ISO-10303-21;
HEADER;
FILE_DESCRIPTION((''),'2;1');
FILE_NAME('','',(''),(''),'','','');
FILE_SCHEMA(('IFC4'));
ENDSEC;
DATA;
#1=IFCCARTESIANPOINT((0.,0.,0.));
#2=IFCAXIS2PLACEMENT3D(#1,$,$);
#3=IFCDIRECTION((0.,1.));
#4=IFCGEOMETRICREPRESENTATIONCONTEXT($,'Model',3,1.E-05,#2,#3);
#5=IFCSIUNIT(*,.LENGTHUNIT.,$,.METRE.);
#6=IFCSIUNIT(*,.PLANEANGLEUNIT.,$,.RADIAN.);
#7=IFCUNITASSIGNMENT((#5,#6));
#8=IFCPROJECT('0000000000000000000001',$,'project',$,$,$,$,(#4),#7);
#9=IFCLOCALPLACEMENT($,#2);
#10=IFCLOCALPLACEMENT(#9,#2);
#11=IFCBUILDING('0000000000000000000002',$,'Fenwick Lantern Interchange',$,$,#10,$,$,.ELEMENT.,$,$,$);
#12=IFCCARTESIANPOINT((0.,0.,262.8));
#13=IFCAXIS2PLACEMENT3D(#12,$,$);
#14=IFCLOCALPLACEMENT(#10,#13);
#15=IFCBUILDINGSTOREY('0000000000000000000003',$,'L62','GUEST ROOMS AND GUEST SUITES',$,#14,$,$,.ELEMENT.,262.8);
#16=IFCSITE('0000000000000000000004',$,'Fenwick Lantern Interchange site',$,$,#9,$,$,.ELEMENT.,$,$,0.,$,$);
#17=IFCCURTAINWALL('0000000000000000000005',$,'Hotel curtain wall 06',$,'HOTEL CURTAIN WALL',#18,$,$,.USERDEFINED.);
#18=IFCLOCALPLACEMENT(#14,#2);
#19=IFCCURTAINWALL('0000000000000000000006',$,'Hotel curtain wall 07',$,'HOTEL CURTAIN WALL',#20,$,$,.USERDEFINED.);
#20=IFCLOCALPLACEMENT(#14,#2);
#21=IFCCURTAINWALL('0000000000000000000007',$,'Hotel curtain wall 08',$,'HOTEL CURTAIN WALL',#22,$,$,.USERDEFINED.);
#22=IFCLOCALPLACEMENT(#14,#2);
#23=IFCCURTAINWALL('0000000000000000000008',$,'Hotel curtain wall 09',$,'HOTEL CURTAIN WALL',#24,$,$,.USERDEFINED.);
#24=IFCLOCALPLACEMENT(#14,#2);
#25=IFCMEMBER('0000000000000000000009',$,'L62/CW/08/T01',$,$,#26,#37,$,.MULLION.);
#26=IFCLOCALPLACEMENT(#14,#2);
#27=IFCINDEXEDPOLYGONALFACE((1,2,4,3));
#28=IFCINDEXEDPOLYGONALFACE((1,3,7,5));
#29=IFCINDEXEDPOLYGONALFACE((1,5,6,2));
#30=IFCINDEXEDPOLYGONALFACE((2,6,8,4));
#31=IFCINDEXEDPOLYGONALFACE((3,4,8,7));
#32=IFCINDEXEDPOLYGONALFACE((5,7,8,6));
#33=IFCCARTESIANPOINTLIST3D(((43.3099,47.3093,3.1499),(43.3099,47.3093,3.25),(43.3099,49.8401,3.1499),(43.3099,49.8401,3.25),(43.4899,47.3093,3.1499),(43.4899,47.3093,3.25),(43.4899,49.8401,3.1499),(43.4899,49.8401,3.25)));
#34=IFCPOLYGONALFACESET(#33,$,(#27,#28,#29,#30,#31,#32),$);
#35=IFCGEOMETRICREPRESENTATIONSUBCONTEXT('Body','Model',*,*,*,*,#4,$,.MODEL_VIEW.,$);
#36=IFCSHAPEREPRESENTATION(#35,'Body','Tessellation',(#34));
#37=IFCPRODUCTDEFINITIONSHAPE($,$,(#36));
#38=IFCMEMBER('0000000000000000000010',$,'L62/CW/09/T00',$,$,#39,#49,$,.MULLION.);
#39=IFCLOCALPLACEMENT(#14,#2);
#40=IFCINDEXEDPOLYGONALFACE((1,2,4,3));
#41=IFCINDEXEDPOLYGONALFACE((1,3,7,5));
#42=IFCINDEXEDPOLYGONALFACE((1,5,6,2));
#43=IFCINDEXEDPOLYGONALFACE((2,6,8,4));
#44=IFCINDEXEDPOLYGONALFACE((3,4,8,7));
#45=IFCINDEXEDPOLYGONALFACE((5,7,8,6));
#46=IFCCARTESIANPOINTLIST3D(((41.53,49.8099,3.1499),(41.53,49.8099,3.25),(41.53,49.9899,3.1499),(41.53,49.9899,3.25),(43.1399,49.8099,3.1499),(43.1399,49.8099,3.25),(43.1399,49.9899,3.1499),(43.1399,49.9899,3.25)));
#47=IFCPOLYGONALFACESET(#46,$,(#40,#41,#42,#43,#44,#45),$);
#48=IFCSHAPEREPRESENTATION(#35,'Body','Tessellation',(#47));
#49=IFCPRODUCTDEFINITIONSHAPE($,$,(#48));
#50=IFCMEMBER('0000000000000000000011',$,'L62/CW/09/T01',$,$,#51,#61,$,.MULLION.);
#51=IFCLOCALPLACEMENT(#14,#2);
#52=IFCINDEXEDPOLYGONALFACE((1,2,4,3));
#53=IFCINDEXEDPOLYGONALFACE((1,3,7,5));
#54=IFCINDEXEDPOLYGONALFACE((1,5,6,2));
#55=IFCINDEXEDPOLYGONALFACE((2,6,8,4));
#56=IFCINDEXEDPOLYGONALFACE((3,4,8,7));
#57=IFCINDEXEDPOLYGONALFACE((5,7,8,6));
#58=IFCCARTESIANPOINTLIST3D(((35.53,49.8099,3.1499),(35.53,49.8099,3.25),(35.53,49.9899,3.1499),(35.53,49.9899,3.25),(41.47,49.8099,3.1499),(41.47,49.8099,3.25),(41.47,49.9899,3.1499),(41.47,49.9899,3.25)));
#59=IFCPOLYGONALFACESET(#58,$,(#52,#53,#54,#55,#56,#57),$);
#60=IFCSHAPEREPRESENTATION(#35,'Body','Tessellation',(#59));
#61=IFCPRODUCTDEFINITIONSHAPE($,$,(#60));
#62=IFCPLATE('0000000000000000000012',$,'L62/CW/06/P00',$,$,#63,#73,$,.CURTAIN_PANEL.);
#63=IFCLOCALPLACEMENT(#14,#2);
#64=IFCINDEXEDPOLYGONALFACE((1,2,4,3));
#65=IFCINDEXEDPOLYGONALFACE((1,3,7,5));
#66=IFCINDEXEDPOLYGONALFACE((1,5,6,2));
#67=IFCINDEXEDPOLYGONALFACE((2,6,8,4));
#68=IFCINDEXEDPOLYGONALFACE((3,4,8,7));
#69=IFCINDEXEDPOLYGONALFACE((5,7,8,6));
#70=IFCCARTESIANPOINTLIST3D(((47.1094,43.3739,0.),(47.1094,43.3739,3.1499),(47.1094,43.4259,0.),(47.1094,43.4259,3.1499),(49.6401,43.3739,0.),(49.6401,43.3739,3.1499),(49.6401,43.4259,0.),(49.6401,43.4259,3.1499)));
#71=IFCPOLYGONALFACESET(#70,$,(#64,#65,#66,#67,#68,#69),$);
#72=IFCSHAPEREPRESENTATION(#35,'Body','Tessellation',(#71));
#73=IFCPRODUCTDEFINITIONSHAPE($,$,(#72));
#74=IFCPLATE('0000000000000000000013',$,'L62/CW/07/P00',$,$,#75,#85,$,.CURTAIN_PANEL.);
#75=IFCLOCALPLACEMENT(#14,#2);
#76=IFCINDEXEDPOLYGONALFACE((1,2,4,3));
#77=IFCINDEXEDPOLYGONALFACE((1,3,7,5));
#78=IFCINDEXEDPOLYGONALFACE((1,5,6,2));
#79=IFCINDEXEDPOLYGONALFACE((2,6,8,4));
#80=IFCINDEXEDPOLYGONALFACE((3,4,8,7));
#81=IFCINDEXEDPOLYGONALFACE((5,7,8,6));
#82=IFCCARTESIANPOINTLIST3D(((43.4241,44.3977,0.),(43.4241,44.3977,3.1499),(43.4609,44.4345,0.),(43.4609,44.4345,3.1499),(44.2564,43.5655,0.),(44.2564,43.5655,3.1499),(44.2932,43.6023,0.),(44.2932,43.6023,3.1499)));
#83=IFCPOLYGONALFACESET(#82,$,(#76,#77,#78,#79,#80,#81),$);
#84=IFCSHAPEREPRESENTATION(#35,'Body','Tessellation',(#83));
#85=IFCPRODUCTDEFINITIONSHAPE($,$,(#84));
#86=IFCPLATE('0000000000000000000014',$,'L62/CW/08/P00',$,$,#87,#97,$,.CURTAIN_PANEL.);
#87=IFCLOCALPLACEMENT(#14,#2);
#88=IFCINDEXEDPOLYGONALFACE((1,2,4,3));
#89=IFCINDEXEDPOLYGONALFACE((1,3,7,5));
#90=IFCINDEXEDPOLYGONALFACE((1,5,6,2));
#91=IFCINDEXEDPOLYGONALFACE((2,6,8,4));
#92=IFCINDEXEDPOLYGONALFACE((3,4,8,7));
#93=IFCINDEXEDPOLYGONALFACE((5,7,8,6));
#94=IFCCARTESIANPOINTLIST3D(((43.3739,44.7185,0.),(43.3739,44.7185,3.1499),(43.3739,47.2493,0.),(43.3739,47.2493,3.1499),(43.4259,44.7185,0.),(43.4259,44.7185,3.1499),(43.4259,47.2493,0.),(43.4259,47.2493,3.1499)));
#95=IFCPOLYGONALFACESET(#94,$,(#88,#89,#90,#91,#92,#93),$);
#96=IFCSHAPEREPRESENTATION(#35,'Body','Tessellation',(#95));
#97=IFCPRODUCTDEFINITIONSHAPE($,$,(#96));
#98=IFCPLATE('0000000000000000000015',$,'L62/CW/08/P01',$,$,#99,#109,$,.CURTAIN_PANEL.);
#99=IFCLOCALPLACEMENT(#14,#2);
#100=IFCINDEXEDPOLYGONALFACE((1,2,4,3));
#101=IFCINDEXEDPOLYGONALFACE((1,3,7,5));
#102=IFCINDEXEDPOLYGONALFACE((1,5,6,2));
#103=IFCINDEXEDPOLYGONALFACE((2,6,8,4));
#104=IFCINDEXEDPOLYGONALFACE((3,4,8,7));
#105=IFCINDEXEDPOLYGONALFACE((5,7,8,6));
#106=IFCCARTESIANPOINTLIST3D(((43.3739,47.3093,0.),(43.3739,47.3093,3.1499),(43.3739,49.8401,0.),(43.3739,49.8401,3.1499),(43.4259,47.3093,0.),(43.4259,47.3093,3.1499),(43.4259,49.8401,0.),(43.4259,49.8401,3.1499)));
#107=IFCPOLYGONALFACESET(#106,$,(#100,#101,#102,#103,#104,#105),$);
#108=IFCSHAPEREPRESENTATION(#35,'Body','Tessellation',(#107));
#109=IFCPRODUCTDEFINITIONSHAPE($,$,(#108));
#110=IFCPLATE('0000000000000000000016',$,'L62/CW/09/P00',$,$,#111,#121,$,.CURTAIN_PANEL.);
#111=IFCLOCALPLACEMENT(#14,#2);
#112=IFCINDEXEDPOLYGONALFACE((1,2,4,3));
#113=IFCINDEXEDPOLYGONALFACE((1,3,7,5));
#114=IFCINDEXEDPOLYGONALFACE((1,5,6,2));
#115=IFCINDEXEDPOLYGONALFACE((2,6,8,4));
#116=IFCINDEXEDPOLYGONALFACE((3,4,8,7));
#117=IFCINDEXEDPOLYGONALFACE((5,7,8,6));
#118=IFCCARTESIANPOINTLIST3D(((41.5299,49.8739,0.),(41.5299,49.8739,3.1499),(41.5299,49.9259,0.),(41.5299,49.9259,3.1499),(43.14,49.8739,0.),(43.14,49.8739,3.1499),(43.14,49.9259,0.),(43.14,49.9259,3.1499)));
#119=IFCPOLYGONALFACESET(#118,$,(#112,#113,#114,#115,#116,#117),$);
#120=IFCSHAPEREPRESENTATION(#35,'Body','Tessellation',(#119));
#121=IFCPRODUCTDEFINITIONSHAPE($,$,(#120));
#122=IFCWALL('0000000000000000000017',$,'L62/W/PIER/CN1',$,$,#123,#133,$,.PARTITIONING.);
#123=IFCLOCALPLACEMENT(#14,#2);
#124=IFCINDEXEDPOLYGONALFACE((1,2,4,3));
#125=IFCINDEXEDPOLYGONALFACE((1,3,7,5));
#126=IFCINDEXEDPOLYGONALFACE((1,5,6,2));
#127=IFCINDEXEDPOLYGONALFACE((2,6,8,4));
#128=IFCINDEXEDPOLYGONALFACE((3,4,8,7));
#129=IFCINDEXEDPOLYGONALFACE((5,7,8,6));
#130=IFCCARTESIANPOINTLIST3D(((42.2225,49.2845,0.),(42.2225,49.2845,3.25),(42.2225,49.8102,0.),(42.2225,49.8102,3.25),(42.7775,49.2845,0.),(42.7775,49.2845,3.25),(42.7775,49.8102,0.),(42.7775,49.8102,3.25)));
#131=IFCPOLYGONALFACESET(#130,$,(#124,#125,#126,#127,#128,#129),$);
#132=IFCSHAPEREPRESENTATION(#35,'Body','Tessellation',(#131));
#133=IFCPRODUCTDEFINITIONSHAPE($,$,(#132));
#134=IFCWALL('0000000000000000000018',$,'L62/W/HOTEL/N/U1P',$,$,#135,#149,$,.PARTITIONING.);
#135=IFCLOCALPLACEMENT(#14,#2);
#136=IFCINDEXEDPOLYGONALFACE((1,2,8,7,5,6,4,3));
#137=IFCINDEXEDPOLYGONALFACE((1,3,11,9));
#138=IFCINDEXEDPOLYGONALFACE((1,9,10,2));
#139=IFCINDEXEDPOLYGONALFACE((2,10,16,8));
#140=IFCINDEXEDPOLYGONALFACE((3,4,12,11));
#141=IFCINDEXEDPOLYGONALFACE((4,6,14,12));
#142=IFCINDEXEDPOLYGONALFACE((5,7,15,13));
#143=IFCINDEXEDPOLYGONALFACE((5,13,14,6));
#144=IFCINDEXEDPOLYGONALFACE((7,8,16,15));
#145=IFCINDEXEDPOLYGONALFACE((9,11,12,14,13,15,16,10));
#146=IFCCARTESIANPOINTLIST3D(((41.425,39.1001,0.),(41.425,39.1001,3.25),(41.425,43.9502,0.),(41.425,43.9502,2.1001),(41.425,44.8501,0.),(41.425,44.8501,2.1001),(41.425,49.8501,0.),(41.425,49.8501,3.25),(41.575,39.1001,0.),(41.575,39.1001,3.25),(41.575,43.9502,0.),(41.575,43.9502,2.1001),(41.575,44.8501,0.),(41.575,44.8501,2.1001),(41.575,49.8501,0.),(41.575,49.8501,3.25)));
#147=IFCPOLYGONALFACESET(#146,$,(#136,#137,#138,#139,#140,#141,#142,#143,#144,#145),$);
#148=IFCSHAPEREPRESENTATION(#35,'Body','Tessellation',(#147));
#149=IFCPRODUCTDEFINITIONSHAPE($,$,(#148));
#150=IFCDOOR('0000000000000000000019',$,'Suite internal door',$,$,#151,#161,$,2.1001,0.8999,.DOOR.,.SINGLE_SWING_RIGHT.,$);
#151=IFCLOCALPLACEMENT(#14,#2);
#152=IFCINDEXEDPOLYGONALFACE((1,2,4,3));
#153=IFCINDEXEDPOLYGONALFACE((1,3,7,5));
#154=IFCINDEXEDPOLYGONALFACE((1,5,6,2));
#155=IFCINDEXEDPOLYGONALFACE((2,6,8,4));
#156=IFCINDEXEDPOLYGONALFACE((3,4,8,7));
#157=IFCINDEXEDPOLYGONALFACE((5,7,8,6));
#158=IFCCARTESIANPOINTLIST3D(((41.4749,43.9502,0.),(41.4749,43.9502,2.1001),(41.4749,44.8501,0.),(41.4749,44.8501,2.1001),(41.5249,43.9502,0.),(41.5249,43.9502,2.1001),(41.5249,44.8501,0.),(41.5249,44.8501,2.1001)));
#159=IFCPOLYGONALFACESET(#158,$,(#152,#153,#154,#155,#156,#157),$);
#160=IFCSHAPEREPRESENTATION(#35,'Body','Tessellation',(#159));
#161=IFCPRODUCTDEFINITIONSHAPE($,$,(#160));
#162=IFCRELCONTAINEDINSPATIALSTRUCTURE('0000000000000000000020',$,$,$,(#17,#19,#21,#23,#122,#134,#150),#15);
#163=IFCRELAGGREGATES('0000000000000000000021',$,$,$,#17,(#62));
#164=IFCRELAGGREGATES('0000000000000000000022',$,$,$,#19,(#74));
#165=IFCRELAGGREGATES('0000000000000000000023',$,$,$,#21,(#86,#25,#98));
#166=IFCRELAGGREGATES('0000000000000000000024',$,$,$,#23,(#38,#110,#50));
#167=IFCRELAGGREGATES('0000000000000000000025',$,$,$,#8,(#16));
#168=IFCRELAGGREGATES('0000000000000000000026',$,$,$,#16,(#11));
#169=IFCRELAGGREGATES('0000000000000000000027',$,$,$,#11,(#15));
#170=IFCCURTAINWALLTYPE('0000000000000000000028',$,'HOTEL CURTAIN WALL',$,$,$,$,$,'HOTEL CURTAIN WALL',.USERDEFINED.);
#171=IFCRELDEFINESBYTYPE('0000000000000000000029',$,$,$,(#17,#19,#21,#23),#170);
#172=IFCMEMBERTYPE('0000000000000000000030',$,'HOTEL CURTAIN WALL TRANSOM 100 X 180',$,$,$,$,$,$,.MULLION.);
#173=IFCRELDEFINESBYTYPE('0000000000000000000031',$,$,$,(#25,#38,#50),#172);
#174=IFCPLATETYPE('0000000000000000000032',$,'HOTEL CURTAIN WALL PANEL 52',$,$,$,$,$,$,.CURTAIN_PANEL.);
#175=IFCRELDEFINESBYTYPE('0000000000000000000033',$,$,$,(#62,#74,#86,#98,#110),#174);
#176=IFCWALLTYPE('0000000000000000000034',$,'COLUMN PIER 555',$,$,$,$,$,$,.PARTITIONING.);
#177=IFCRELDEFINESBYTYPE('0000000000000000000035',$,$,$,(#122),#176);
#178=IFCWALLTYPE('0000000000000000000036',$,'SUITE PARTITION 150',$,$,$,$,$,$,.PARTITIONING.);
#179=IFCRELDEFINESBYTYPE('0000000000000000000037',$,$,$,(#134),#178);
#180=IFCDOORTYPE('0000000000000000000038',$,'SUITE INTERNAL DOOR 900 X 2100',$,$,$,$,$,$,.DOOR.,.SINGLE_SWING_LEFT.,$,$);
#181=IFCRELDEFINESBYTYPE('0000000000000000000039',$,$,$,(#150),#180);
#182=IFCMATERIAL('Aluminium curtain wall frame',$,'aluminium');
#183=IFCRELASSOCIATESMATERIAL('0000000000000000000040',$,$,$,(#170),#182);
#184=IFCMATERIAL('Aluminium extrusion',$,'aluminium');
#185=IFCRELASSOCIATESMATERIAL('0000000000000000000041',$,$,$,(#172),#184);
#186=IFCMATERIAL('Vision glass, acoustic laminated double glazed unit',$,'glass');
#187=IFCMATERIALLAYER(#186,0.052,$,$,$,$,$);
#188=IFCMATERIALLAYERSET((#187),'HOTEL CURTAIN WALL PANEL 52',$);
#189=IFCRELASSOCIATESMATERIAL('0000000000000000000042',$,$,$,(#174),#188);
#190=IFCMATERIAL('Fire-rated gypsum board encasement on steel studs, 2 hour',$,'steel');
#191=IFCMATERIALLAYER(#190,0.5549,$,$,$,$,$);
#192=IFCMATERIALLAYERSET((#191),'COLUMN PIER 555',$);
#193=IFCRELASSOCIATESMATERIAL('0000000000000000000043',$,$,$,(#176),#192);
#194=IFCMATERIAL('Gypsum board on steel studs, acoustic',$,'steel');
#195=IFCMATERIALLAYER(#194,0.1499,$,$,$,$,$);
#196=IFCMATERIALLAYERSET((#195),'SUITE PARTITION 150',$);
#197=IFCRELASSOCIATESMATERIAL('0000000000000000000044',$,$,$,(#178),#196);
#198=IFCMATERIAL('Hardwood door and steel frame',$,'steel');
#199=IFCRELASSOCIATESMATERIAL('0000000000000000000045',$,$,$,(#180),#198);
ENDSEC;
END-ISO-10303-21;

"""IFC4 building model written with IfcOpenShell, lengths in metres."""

from ifc_helpers import new_model, si_unit, direction, frame, frame_2d, origin, origin_2d, place, context, subcontext, project, spatial, rectangle, extrude, material, layer, layer_set, material_profile, profile_set, type_object, element, fill, aggregate, save


model = new_model("IFC4")

# Units and contexts
model_context = context("Model", 3, precision=1e-05, world=origin(), true_north=direction((0.0, 1.0)))
body_context = subcontext(model_context, "Body", "Model", "MODEL_VIEW")
ifc_project = project(units=[si_unit("LENGTHUNIT", "METRE"), si_unit("PLANEANGLEUNIT", "RADIAN")], contexts=[model_context])

# Site, building, storey
site_placement = place(None, origin())
site = spatial("IfcSite", under=ifc_project, at=site_placement, Name="Fenwick Lantern Interchange site", CompositionType="ELEMENT", RefElevation=0.0)
building_placement = place(site_placement, origin())
building = spatial("IfcBuilding", under=site, at=building_placement, Name="Fenwick Lantern Interchange", CompositionType="ELEMENT")
storey_placement = place(building_placement, frame((0.0, 0.0, 262.8)))
storey = spatial("IfcBuildingStorey", under=building, at=storey_placement, Name="L62", Description="GUEST ROOMS AND GUEST SUITES", CompositionType="ELEMENT", Elevation=262.8)

# Curtain wall
ifc_material_1 = material(Name="Aluminium curtain wall frame", Category="aluminium")
curtain_wall_type = type_object("IfcCurtainWallType", Name="HOTEL CURTAIN WALL", ElementType="HOTEL CURTAIN WALL", PredefinedType="USERDEFINED", material=ifc_material_1)
curtain_wall_1_placement = place(storey_placement, origin())
curtain_wall_1 = element("IfcCurtainWall", 1, at=curtain_wall_1_placement, inside=storey, type_object=curtain_wall_type, Name="Hotel curtain wall 06", ObjectType="HOTEL CURTAIN WALL", PredefinedType="USERDEFINED")
ifc_material_2 = material(Name="Aluminium extrusion", Category="aluminium")

# Curtain walls
curtain_wall_2_placement = place(storey_placement, origin())
curtain_wall_2 = element("IfcCurtainWall", 2, at=curtain_wall_2_placement, inside=storey, type_object=curtain_wall_type, Name="Hotel curtain wall 07", ObjectType="HOTEL CURTAIN WALL", PredefinedType="USERDEFINED")
curtain_wall_3_placement = place(storey_placement, origin())
curtain_wall_3 = element("IfcCurtainWall", 3, at=curtain_wall_3_placement, inside=storey, type_object=curtain_wall_type, Name="Hotel curtain wall 08", ObjectType="HOTEL CURTAIN WALL", PredefinedType="USERDEFINED")
curtain_wall_4_placement = place(storey_placement, origin())
curtain_wall_4 = element("IfcCurtainWall", 4, at=curtain_wall_4_placement, inside=storey, type_object=curtain_wall_type, Name="Hotel curtain wall 09", ObjectType="HOTEL CURTAIN WALL", PredefinedType="USERDEFINED")

# Members
ifc_material_profile_1 = material_profile(ifc_material_2, rectangle(XDim=0.1799, YDim=0.1001, at=origin_2d()), Name="HOTEL CURTAIN WALL TRANSOM 100 X 180")
ifc_profile_set_1 = profile_set([ifc_material_profile_1], Name="Aluminium extrusion")
member_type_1 = type_object("IfcMemberType", Name="HOTEL CURTAIN WALL TRANSOM 100 X 180", PredefinedType="MULLION", material=ifc_profile_set_1)
member_1_placement = place(storey_placement, frame((43.3999, 47.3093, 3.2), z_axis=(0.0, 1.0, 0.0), x_axis=(-1.0, 0.0, 0.0)))
member_1 = element("IfcMember", 5, at=member_1_placement, type_object=member_type_1, Name="L62/CW/08/T01", PredefinedType="MULLION", context=body_context, shape_type="SweptSolid", body=[
    extrude(rectangle(XDim=0.1799, YDim=0.1001, at=origin_2d()), origin(), (0.0, 0.0, 1.0), 2.5308),
])
member_2_placement = place(storey_placement, frame((43.1399, 49.8999, 3.2), z_axis=(-1.0, 0.0, 0.0), x_axis=(0.0, -1.0, 0.0)))
member_2 = element("IfcMember", 6, at=member_2_placement, type_object=member_type_1, Name="L62/CW/09/T00", PredefinedType="MULLION", context=body_context, shape_type="SweptSolid", body=[
    extrude(rectangle(XDim=0.1799, YDim=0.1001, at=origin_2d()), origin(), (0.0, 0.0, 1.0), 1.6099),
])
member_3_placement = place(storey_placement, frame((41.47, 49.8999, 3.2), z_axis=(-1.0, 0.0, 0.0), x_axis=(0.0, -1.0, 0.0)))
member_3 = element("IfcMember", 7, at=member_3_placement, type_object=member_type_1, Name="L62/CW/09/T01", PredefinedType="MULLION", context=body_context, shape_type="SweptSolid", body=[
    extrude(rectangle(XDim=0.1799, YDim=0.1001, at=origin_2d()), origin(), (0.0, 0.0, 1.0), 5.9399),
])

# Plates
ifc_material_3 = material(Name="Vision glass, acoustic laminated double glazed unit", Category="glass")
ifc_layer_1 = layer(ifc_material_3, 0.052)
ifc_layer_set_1 = layer_set([ifc_layer_1], Name="HOTEL CURTAIN WALL PANEL 52")
plate_type = type_object("IfcPlateType", Name="HOTEL CURTAIN WALL PANEL 52", PredefinedType="CURTAIN_PANEL", material=ifc_layer_set_1)
plate_1_placement = place(storey_placement, frame((48.3748, 43.3999, 0.0), z_axis=(0.0, 0.0, 1.0), x_axis=(-1.0, 0.0, 0.0)))
plate_1 = element("IfcPlate", 8, at=plate_1_placement, type_object=plate_type, Name="L62/CW/06/P00", PredefinedType="CURTAIN_PANEL", context=body_context, shape_type="SweptSolid", body=[
    extrude(rectangle(XDim=2.5308, YDim=0.052, at=origin_2d()), origin(), (0.0, 0.0, 1.0), 3.1499),
])
aggregate(curtain_wall_1, [plate_1])
plate_2_placement = place(storey_placement, frame((43.8586, 44.0, 0.0), z_axis=(0.0, 0.0, 1.0), x_axis=(-0.707107, 0.707107, 0.0)))
plate_2 = element("IfcPlate", 9, at=plate_2_placement, type_object=plate_type, Name="L62/CW/07/P00", PredefinedType="CURTAIN_PANEL", context=body_context, shape_type="SweptSolid", body=[
    extrude(rectangle(XDim=1.177, YDim=0.052, at=origin_2d()), origin(), (0.0, 0.0, 1.0), 3.1499),
])
aggregate(curtain_wall_2, [plate_2])
plate_3_placement = place(storey_placement, frame((43.3999, 45.9839, 0.0), z_axis=(0.0, 0.0, 1.0), x_axis=(0.0, 1.0, 0.0)))
plate_3 = element("IfcPlate", 10, at=plate_3_placement, type_object=plate_type, Name="L62/CW/08/P00", PredefinedType="CURTAIN_PANEL", context=body_context, shape_type="SweptSolid", body=[
    extrude(rectangle(XDim=2.5308, YDim=0.052, at=origin_2d()), origin(), (0.0, 0.0, 1.0), 3.1499),
])
plate_4_placement = place(storey_placement, frame((43.3999, 48.5747, 0.0), z_axis=(0.0, 0.0, 1.0), x_axis=(0.0, 1.0, 0.0)))
plate_4 = element("IfcPlate", 11, at=plate_4_placement, type_object=plate_type, Name="L62/CW/08/P01", PredefinedType="CURTAIN_PANEL", context=body_context, shape_type="SweptSolid", body=[
    extrude(rectangle(XDim=2.5308, YDim=0.052, at=origin_2d()), origin(), (0.0, 0.0, 1.0), 3.1499),
])
aggregate(curtain_wall_3, [plate_3, member_1, plate_4])
plate_5_placement = place(storey_placement, frame((42.335, 49.8999, 0.0), z_axis=(0.0, 0.0, 1.0), x_axis=(-1.0, 0.0, 0.0)))
plate_5 = element("IfcPlate", 12, at=plate_5_placement, type_object=plate_type, Name="L62/CW/09/P00", PredefinedType="CURTAIN_PANEL", context=body_context, shape_type="SweptSolid", body=[
    extrude(rectangle(XDim=1.6101, YDim=0.052, at=origin_2d()), origin(), (0.0, 0.0, 1.0), 3.1499),
])
aggregate(curtain_wall_4, [member_2, plate_5, member_3])

# Wall
ifc_material_4 = material(Name="Fire-rated gypsum board encasement on steel studs, 2 hour", Category="steel")
ifc_layer_2 = layer(ifc_material_4, 0.5549)
ifc_layer_set_2 = layer_set([ifc_layer_2], Name="COLUMN PIER 555")
wall_type_1 = type_object("IfcWallType", Name="COLUMN PIER 555", PredefinedType="PARTITIONING", material=ifc_layer_set_2)
wall_1_placement = place(storey_placement, frame((42.5, 49.8101, 0.0), z_axis=(0.0, 0.0, 1.0), x_axis=(0.0, -1.0, 0.0)))
element("IfcWall", 13, at=wall_1_placement, inside=storey, type_object=wall_type_1, Name="L62/W/PIER/CN1", PredefinedType="PARTITIONING", context=body_context, shape_type="SweptSolid", body=[
    extrude(rectangle(XDim=0.5256, YDim=0.5549, at=frame_2d((0.2627, 0.0))), origin(), (0.0, 0.0, 1.0), 3.25),
])

# Wall, opening, door
ifc_material_5 = material(Name="Gypsum board on steel studs, acoustic", Category="steel")
ifc_layer_3 = layer(ifc_material_5, 0.1499)
ifc_layer_set_3 = layer_set([ifc_layer_3], Name="SUITE PARTITION 150")
wall_type_2 = type_object("IfcWallType", Name="SUITE PARTITION 150", PredefinedType="PARTITIONING", material=ifc_layer_set_3)
wall_2_placement = place(storey_placement, frame((41.5, 49.8501, 0.0), z_axis=(0.0, 0.0, 1.0), x_axis=(0.0, -1.0, 0.0)))
wall_2 = element("IfcWall", 14, at=wall_2_placement, inside=storey, type_object=wall_type_2, Name="L62/W/HOTEL/N/U1P", PredefinedType="PARTITIONING", context=body_context, shape_type="SweptSolid", body=[
    extrude(rectangle(XDim=10.75, YDim=0.1499, at=frame_2d((5.375, 0.0))), origin(), (0.0, 0.0, 1.0), 3.25),
])
opening_placement = place(wall_2_placement, frame((5.0, 0.0, 0.0)))
opening = element("IfcOpeningElement", 15, at=opening_placement, cuts=wall_2, PredefinedType="OPENING", context=body_context, shape_type="SweptSolid", body=[
    extrude(rectangle(XDim=0.8999, YDim=2.1001, at=frame_2d((0.45, 1.05))), frame((0.0, 0.085, 0.0), z_axis=(0.0, -1.0, 0.0), x_axis=(1.0, 0.0, 0.0)), (0.0, 0.0, 1.0), 0.1699),
])
ifc_material_6 = material(Name="Hardwood door and steel frame", Category="steel")
door_type = type_object("IfcDoorType", Name="SUITE INTERNAL DOOR 900 X 2100", OperationType="SINGLE_SWING_LEFT", PredefinedType="DOOR", material=ifc_material_6)
door_placement = place(opening_placement, origin())
door = element("IfcDoor", 16, at=door_placement, inside=storey, type_object=door_type, Name="Suite internal door", OperationType="SINGLE_SWING_RIGHT", OverallHeight=2.1001, OverallWidth=0.8999, PredefinedType="DOOR", context=body_context, shape_type="SweptSolid", body=[
    extrude(rectangle(XDim=0.8999, YDim=2.1001, at=frame_2d((0.45, 1.05))), frame((0.0, 0.0249, 0.0), z_axis=(0.0, -1.0, 0.0), x_axis=(1.0, 0.0, 0.0)), (0.0, 0.0, 1.0), 0.05),
])
fill(opening, door)

save(model, "model.ifc")
